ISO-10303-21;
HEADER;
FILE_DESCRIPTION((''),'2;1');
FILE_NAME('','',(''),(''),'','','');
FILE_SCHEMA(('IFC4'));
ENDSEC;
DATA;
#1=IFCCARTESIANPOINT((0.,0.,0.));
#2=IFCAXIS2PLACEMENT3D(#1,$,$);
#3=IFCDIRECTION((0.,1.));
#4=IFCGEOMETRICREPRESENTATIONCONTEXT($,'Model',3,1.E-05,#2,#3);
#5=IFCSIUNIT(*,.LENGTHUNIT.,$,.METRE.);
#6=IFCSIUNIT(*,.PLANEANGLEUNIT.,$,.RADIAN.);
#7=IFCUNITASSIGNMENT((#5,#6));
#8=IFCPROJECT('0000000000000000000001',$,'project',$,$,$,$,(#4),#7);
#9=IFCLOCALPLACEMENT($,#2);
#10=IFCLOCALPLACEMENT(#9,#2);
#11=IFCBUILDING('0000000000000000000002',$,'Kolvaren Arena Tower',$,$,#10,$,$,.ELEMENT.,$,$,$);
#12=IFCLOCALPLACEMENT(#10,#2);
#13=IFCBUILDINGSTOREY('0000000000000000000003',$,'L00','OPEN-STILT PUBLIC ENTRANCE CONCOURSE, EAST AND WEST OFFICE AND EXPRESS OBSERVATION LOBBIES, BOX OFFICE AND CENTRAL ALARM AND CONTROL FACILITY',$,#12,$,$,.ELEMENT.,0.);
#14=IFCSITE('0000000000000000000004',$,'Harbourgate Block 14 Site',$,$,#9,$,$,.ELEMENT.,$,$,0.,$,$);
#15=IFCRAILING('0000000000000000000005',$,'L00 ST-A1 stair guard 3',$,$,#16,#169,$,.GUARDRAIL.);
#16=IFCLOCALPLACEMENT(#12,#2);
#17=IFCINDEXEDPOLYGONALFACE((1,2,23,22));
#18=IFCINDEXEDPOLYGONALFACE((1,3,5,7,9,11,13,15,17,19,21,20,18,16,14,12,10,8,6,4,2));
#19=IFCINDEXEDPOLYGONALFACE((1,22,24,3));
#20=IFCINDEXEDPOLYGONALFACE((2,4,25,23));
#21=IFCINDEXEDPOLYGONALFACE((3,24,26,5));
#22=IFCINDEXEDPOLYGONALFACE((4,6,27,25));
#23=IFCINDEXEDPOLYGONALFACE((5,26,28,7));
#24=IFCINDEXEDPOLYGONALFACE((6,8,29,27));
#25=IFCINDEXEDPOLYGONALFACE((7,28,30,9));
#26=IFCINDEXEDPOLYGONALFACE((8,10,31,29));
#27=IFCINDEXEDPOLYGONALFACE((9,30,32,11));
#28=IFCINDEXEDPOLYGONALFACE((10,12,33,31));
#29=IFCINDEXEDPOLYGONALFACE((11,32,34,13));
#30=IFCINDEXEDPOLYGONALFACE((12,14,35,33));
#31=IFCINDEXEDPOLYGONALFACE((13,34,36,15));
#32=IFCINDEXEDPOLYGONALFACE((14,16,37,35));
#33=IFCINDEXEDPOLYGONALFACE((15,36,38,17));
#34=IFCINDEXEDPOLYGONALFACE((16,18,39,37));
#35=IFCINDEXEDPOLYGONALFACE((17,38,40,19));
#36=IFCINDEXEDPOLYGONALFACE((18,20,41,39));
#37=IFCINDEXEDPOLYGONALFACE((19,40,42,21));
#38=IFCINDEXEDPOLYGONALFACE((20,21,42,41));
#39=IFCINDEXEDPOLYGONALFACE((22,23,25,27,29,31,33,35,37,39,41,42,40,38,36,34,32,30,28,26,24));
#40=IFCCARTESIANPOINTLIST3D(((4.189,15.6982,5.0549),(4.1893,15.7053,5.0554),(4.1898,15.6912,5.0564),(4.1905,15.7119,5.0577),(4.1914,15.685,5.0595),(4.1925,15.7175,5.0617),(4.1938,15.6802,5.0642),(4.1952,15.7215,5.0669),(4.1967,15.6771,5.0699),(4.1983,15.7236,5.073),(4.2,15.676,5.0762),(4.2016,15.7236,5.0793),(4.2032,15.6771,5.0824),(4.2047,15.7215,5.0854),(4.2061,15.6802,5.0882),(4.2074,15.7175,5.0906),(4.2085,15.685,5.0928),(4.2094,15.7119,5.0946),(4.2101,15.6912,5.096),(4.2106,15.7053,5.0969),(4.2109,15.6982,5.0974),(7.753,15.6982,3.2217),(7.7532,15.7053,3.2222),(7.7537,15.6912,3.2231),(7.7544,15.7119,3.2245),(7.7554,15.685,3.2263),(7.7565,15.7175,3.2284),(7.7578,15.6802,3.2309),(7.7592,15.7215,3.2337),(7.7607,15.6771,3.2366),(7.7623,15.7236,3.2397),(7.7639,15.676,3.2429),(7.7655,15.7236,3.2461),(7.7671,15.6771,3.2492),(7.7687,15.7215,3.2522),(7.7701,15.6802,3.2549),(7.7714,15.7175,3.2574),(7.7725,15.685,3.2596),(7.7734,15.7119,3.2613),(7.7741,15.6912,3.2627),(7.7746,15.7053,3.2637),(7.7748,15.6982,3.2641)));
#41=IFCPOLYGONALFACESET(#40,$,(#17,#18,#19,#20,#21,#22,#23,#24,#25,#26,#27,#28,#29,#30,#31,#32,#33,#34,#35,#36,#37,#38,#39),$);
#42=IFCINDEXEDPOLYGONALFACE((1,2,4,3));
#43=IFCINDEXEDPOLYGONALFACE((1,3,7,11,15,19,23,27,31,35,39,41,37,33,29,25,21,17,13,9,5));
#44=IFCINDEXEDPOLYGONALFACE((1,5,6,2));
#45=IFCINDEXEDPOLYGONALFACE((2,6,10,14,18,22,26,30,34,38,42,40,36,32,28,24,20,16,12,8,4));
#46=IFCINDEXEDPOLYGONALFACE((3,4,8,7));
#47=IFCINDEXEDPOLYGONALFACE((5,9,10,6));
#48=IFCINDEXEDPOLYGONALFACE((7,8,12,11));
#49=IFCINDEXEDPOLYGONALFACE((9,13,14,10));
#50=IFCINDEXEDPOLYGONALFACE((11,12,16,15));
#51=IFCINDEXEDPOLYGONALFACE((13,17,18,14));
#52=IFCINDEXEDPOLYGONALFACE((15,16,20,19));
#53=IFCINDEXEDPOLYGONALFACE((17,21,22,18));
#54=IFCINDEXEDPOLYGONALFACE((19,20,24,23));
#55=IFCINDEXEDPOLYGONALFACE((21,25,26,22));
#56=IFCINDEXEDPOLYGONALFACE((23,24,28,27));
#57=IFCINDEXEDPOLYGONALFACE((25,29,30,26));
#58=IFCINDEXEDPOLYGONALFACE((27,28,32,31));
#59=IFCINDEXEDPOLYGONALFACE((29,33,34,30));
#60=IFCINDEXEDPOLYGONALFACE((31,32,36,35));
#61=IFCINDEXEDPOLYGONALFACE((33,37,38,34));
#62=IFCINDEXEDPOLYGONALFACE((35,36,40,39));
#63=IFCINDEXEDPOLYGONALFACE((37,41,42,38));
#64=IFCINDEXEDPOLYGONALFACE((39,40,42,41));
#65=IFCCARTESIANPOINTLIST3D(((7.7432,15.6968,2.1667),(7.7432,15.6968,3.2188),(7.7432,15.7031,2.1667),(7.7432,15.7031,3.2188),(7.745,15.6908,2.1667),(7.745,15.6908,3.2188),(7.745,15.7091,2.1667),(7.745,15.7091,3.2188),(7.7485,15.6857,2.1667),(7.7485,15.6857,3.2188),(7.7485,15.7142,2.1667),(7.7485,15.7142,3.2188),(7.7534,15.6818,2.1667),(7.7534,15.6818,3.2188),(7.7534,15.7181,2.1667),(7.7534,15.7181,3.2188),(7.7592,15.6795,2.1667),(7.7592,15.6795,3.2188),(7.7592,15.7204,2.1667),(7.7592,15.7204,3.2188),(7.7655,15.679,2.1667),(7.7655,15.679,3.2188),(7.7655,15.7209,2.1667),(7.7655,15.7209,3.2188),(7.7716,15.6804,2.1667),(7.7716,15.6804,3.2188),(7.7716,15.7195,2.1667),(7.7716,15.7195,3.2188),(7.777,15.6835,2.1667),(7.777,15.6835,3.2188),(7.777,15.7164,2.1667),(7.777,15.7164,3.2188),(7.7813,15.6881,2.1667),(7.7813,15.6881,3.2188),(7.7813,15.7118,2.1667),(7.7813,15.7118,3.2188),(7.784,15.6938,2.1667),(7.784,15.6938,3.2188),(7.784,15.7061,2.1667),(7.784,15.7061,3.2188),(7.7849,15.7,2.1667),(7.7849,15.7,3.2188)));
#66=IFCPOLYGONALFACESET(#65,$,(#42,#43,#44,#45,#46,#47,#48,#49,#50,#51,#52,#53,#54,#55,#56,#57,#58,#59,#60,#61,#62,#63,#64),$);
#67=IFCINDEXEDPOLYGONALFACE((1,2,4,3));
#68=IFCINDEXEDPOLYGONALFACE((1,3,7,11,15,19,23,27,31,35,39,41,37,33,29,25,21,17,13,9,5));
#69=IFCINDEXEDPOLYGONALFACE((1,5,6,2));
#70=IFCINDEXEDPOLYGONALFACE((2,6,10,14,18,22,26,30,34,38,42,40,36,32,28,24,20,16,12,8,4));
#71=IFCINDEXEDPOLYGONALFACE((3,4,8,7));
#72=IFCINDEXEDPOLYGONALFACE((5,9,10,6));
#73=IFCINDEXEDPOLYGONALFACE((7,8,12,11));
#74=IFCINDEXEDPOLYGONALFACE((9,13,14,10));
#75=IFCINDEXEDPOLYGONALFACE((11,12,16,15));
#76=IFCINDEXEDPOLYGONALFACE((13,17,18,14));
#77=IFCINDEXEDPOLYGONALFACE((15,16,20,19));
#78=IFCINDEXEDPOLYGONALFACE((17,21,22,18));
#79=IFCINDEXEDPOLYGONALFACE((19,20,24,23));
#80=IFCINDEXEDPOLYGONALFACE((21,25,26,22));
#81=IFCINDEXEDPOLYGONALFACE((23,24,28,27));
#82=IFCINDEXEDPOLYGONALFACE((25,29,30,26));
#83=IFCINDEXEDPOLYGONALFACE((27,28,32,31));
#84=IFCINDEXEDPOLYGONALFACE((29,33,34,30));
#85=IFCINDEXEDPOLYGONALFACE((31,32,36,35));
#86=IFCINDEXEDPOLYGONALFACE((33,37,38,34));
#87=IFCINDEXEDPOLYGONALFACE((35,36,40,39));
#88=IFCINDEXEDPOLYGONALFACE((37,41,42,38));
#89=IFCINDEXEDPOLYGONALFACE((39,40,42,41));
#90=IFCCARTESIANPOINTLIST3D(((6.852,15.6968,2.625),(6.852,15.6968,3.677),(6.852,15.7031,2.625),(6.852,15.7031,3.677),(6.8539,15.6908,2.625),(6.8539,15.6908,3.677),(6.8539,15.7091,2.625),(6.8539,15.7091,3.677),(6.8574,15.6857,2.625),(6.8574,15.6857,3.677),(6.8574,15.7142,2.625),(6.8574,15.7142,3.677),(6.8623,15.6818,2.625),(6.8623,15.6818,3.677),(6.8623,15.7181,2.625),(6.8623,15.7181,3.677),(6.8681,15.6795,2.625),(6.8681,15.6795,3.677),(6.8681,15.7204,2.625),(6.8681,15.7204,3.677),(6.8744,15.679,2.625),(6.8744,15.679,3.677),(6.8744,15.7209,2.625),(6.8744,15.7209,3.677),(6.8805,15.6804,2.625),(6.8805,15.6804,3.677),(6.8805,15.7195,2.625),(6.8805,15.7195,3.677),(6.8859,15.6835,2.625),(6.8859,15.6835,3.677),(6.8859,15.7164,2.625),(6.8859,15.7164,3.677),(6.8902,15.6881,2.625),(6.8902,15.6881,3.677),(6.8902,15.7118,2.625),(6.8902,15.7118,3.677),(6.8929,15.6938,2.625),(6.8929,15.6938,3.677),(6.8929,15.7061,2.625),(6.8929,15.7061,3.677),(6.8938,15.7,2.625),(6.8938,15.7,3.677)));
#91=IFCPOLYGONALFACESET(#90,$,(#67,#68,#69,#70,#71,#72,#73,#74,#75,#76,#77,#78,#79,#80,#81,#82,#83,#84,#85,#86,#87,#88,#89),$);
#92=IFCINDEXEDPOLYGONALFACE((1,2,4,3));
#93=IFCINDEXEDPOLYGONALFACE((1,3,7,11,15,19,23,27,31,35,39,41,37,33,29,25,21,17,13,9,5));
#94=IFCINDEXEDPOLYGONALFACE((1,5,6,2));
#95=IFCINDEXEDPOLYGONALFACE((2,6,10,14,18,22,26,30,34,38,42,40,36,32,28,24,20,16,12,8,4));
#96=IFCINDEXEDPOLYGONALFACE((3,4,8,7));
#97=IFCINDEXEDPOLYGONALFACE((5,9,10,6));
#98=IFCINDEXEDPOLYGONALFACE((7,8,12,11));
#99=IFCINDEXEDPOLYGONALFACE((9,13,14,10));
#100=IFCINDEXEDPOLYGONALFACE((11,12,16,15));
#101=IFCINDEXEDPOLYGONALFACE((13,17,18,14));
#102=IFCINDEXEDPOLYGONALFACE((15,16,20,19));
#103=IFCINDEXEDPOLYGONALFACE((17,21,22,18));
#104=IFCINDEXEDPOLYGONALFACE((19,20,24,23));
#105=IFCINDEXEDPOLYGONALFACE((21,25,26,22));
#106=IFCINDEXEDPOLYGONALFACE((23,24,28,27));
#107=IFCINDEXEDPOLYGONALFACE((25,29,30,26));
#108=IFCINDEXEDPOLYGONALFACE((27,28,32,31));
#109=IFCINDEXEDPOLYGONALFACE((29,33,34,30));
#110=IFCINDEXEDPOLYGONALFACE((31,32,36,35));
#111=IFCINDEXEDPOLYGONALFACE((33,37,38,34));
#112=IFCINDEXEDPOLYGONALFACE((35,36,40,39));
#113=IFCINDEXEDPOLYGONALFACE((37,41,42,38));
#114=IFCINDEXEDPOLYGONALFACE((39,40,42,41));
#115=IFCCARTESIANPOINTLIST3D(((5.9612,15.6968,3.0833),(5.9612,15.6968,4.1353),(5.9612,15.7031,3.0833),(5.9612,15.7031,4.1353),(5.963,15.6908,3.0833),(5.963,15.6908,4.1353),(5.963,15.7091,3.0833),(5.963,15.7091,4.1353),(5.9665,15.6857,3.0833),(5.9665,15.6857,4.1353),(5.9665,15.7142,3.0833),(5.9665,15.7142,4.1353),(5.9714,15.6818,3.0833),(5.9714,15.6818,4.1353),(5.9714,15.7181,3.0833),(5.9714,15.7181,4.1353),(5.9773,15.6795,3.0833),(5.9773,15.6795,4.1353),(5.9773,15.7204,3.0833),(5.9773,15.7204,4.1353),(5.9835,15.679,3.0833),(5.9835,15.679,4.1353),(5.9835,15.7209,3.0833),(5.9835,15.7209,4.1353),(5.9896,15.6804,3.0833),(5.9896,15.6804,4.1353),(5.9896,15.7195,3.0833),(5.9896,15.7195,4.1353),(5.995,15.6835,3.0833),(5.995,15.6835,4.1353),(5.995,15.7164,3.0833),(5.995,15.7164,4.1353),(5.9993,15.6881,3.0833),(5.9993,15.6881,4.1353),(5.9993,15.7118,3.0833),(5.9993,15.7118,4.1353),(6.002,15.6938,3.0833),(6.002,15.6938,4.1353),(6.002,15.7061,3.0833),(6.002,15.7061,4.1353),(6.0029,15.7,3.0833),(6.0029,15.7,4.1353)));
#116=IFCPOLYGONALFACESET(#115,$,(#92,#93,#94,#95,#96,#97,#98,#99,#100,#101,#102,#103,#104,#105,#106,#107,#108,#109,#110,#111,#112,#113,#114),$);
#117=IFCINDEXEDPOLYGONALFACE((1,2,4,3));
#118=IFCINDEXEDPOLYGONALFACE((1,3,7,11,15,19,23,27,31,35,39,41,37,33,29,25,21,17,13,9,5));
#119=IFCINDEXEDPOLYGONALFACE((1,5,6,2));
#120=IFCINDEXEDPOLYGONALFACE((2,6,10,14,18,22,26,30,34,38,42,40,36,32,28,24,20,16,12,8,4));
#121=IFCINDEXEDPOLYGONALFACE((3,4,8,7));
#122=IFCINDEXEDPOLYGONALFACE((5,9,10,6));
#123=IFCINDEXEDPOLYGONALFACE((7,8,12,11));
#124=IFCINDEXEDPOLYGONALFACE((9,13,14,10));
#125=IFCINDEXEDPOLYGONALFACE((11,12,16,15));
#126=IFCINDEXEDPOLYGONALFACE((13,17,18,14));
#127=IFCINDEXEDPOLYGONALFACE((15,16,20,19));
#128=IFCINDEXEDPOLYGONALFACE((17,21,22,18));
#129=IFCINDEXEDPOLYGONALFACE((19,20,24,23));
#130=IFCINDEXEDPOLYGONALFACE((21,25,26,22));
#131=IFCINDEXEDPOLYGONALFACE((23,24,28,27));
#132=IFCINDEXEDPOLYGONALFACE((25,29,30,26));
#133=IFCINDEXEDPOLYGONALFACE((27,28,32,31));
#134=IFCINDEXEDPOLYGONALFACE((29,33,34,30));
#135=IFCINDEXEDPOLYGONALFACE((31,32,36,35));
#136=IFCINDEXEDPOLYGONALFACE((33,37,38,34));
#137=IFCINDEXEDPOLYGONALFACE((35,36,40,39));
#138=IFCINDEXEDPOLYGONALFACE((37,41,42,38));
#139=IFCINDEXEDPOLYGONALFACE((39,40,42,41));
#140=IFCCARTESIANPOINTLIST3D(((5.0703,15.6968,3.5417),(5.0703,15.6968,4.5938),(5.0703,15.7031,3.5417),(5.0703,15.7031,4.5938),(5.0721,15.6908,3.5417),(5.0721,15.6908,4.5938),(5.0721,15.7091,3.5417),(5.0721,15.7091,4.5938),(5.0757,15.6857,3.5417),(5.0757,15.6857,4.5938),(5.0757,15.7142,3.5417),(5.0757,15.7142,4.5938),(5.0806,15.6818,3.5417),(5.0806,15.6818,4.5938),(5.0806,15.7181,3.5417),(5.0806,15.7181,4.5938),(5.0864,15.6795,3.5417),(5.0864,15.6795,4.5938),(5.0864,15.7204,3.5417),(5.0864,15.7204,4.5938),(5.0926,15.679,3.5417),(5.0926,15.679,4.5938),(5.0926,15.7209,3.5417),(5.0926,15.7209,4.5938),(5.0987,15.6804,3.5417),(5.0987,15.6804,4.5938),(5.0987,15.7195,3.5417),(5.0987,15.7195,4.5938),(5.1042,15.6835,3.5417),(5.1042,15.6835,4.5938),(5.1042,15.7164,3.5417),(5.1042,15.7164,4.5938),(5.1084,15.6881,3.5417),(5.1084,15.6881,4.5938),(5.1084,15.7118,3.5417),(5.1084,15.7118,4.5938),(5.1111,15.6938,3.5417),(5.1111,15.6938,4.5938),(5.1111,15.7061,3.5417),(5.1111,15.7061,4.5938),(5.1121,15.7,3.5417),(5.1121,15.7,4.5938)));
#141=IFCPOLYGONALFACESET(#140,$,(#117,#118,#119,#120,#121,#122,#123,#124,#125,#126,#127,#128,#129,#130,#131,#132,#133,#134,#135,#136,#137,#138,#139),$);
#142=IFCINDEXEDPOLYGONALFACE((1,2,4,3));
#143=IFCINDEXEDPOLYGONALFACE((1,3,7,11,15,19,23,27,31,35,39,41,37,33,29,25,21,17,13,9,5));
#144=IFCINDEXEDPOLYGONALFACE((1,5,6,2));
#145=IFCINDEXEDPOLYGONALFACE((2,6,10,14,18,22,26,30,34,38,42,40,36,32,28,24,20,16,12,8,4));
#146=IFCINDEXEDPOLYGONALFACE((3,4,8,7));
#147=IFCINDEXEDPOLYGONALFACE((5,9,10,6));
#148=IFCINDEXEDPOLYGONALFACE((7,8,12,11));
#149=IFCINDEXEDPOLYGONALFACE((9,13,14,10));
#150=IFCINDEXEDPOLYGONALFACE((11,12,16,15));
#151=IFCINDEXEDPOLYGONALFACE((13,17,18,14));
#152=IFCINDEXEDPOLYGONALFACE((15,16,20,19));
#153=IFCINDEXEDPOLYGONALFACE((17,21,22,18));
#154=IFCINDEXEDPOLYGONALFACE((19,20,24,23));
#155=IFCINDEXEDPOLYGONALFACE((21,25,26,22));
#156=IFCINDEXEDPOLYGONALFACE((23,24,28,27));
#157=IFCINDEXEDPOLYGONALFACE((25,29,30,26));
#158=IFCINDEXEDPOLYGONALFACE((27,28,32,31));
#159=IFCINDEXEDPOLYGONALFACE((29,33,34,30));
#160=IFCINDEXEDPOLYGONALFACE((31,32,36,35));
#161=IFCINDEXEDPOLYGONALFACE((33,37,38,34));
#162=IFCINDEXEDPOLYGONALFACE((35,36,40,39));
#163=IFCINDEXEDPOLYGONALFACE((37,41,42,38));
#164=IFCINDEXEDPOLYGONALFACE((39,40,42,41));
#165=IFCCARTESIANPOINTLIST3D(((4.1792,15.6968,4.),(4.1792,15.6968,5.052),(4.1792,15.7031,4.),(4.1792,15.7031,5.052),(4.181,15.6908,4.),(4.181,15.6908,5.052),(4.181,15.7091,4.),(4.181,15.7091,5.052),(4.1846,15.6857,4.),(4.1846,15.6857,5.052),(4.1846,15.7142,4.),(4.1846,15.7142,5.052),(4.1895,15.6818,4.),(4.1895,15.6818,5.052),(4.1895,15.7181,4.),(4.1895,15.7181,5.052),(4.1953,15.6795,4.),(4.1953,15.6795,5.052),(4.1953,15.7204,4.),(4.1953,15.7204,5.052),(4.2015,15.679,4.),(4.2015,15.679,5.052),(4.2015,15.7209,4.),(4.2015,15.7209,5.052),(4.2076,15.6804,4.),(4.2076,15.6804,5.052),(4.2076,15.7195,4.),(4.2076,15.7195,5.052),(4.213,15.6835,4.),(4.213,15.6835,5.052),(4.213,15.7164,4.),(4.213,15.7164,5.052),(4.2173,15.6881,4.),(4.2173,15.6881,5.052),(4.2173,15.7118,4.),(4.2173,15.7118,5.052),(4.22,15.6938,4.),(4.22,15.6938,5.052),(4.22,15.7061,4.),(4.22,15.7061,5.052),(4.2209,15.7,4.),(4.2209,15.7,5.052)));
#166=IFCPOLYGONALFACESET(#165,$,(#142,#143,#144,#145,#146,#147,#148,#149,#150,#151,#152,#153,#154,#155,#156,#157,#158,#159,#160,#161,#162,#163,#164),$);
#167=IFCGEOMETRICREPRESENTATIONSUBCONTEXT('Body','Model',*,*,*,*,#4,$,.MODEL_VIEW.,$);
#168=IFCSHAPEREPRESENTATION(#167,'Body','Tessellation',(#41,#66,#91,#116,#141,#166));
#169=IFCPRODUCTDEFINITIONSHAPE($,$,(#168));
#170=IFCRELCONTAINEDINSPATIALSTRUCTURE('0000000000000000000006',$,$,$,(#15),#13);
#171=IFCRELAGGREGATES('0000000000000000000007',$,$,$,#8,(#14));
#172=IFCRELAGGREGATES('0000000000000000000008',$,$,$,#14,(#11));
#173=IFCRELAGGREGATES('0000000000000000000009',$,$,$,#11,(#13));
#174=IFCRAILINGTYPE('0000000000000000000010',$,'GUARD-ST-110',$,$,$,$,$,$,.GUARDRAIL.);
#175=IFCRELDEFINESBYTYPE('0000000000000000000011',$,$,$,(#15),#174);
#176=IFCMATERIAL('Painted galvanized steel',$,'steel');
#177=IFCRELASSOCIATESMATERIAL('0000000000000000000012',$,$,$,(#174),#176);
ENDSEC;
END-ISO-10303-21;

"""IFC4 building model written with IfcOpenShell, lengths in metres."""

from ifc_helpers import new_model, si_unit, direction, frame, origin, origin_2d, place, context, subcontext, project, spatial, circle, extrude, material, type_object, element, save


model = new_model("IFC4")

# Units and contexts
model_context = context("Model", 3, precision=1e-05, world=origin(), true_north=direction((0.0, 1.0)))
body_context = subcontext(model_context, "Body", "Model", "MODEL_VIEW")
ifc_project = project(units=[si_unit("LENGTHUNIT", "METRE"), si_unit("PLANEANGLEUNIT", "RADIAN")], contexts=[model_context])

# Site, building, storey
site_placement = place(None, origin())
site = spatial("IfcSite", under=ifc_project, at=site_placement, Name="Harbourgate Block 14 Site", CompositionType="ELEMENT", RefElevation=0.0)
building_placement = place(site_placement, origin())
building = spatial("IfcBuilding", under=site, at=building_placement, Name="Kolvaren Arena Tower", CompositionType="ELEMENT")
storey_placement = place(building_placement, origin())
storey = spatial("IfcBuildingStorey", under=building, at=storey_placement, Name="L00", Description="OPEN-STILT PUBLIC ENTRANCE CONCOURSE, EAST AND WEST OFFICE AND EXPRESS OBSERVATION LOBBIES, BOX OFFICE AND CENTRAL ALARM AND CONTROL FACILITY", CompositionType="ELEMENT", Elevation=0.0)

# Railing
ifc_material_1 = material(Name="Painted galvanized steel", Category="steel")
railing_type_1 = type_object("IfcRailingType", Name="GUARD-ST-110", PredefinedType="GUARDRAIL", material=ifc_material_1)
railing_1_placement = place(storey_placement, frame((7.7639, 15.7, 2.1667)))
element("IfcRailing", 1, at=railing_1_placement, inside=storey, type_object=railing_type_1, Name="L00 ST-A1 stair guard 3", PredefinedType="GUARDRAIL", context=body_context, shape_type="SweptSolid", body=[
    extrude(circle(Radius=0.0239, at=origin_2d()), frame((0.0, 0.0, 1.0762), z_axis=(-0.889252, 0.0, 0.457418), x_axis=(0.0, -1.0, 0.0)), (0.0, 0.0, 1.0), 4.0078),
    extrude(circle(Radius=0.021, at=origin_2d()), origin(), (0.0, 0.0, 1.0), 1.052),
    extrude(circle(Radius=0.021, at=origin_2d()), frame((-0.8911, 0.0, 0.4583)), (0.0, 0.0, 1.0), 1.052),
    extrude(circle(Radius=0.021, at=origin_2d()), frame((-1.782, 0.0, 0.9165)), (0.0, 0.0, 1.0), 1.052),
    extrude(circle(Radius=0.021, at=origin_2d()), frame((-2.6729, 0.0, 1.375)), (0.0, 0.0, 1.0), 1.052),
    extrude(circle(Radius=0.021, at=origin_2d()), frame((-3.564, 0.0, 1.8333)), (0.0, 0.0, 1.0), 1.052),
])

save(model, "model.ifc")
